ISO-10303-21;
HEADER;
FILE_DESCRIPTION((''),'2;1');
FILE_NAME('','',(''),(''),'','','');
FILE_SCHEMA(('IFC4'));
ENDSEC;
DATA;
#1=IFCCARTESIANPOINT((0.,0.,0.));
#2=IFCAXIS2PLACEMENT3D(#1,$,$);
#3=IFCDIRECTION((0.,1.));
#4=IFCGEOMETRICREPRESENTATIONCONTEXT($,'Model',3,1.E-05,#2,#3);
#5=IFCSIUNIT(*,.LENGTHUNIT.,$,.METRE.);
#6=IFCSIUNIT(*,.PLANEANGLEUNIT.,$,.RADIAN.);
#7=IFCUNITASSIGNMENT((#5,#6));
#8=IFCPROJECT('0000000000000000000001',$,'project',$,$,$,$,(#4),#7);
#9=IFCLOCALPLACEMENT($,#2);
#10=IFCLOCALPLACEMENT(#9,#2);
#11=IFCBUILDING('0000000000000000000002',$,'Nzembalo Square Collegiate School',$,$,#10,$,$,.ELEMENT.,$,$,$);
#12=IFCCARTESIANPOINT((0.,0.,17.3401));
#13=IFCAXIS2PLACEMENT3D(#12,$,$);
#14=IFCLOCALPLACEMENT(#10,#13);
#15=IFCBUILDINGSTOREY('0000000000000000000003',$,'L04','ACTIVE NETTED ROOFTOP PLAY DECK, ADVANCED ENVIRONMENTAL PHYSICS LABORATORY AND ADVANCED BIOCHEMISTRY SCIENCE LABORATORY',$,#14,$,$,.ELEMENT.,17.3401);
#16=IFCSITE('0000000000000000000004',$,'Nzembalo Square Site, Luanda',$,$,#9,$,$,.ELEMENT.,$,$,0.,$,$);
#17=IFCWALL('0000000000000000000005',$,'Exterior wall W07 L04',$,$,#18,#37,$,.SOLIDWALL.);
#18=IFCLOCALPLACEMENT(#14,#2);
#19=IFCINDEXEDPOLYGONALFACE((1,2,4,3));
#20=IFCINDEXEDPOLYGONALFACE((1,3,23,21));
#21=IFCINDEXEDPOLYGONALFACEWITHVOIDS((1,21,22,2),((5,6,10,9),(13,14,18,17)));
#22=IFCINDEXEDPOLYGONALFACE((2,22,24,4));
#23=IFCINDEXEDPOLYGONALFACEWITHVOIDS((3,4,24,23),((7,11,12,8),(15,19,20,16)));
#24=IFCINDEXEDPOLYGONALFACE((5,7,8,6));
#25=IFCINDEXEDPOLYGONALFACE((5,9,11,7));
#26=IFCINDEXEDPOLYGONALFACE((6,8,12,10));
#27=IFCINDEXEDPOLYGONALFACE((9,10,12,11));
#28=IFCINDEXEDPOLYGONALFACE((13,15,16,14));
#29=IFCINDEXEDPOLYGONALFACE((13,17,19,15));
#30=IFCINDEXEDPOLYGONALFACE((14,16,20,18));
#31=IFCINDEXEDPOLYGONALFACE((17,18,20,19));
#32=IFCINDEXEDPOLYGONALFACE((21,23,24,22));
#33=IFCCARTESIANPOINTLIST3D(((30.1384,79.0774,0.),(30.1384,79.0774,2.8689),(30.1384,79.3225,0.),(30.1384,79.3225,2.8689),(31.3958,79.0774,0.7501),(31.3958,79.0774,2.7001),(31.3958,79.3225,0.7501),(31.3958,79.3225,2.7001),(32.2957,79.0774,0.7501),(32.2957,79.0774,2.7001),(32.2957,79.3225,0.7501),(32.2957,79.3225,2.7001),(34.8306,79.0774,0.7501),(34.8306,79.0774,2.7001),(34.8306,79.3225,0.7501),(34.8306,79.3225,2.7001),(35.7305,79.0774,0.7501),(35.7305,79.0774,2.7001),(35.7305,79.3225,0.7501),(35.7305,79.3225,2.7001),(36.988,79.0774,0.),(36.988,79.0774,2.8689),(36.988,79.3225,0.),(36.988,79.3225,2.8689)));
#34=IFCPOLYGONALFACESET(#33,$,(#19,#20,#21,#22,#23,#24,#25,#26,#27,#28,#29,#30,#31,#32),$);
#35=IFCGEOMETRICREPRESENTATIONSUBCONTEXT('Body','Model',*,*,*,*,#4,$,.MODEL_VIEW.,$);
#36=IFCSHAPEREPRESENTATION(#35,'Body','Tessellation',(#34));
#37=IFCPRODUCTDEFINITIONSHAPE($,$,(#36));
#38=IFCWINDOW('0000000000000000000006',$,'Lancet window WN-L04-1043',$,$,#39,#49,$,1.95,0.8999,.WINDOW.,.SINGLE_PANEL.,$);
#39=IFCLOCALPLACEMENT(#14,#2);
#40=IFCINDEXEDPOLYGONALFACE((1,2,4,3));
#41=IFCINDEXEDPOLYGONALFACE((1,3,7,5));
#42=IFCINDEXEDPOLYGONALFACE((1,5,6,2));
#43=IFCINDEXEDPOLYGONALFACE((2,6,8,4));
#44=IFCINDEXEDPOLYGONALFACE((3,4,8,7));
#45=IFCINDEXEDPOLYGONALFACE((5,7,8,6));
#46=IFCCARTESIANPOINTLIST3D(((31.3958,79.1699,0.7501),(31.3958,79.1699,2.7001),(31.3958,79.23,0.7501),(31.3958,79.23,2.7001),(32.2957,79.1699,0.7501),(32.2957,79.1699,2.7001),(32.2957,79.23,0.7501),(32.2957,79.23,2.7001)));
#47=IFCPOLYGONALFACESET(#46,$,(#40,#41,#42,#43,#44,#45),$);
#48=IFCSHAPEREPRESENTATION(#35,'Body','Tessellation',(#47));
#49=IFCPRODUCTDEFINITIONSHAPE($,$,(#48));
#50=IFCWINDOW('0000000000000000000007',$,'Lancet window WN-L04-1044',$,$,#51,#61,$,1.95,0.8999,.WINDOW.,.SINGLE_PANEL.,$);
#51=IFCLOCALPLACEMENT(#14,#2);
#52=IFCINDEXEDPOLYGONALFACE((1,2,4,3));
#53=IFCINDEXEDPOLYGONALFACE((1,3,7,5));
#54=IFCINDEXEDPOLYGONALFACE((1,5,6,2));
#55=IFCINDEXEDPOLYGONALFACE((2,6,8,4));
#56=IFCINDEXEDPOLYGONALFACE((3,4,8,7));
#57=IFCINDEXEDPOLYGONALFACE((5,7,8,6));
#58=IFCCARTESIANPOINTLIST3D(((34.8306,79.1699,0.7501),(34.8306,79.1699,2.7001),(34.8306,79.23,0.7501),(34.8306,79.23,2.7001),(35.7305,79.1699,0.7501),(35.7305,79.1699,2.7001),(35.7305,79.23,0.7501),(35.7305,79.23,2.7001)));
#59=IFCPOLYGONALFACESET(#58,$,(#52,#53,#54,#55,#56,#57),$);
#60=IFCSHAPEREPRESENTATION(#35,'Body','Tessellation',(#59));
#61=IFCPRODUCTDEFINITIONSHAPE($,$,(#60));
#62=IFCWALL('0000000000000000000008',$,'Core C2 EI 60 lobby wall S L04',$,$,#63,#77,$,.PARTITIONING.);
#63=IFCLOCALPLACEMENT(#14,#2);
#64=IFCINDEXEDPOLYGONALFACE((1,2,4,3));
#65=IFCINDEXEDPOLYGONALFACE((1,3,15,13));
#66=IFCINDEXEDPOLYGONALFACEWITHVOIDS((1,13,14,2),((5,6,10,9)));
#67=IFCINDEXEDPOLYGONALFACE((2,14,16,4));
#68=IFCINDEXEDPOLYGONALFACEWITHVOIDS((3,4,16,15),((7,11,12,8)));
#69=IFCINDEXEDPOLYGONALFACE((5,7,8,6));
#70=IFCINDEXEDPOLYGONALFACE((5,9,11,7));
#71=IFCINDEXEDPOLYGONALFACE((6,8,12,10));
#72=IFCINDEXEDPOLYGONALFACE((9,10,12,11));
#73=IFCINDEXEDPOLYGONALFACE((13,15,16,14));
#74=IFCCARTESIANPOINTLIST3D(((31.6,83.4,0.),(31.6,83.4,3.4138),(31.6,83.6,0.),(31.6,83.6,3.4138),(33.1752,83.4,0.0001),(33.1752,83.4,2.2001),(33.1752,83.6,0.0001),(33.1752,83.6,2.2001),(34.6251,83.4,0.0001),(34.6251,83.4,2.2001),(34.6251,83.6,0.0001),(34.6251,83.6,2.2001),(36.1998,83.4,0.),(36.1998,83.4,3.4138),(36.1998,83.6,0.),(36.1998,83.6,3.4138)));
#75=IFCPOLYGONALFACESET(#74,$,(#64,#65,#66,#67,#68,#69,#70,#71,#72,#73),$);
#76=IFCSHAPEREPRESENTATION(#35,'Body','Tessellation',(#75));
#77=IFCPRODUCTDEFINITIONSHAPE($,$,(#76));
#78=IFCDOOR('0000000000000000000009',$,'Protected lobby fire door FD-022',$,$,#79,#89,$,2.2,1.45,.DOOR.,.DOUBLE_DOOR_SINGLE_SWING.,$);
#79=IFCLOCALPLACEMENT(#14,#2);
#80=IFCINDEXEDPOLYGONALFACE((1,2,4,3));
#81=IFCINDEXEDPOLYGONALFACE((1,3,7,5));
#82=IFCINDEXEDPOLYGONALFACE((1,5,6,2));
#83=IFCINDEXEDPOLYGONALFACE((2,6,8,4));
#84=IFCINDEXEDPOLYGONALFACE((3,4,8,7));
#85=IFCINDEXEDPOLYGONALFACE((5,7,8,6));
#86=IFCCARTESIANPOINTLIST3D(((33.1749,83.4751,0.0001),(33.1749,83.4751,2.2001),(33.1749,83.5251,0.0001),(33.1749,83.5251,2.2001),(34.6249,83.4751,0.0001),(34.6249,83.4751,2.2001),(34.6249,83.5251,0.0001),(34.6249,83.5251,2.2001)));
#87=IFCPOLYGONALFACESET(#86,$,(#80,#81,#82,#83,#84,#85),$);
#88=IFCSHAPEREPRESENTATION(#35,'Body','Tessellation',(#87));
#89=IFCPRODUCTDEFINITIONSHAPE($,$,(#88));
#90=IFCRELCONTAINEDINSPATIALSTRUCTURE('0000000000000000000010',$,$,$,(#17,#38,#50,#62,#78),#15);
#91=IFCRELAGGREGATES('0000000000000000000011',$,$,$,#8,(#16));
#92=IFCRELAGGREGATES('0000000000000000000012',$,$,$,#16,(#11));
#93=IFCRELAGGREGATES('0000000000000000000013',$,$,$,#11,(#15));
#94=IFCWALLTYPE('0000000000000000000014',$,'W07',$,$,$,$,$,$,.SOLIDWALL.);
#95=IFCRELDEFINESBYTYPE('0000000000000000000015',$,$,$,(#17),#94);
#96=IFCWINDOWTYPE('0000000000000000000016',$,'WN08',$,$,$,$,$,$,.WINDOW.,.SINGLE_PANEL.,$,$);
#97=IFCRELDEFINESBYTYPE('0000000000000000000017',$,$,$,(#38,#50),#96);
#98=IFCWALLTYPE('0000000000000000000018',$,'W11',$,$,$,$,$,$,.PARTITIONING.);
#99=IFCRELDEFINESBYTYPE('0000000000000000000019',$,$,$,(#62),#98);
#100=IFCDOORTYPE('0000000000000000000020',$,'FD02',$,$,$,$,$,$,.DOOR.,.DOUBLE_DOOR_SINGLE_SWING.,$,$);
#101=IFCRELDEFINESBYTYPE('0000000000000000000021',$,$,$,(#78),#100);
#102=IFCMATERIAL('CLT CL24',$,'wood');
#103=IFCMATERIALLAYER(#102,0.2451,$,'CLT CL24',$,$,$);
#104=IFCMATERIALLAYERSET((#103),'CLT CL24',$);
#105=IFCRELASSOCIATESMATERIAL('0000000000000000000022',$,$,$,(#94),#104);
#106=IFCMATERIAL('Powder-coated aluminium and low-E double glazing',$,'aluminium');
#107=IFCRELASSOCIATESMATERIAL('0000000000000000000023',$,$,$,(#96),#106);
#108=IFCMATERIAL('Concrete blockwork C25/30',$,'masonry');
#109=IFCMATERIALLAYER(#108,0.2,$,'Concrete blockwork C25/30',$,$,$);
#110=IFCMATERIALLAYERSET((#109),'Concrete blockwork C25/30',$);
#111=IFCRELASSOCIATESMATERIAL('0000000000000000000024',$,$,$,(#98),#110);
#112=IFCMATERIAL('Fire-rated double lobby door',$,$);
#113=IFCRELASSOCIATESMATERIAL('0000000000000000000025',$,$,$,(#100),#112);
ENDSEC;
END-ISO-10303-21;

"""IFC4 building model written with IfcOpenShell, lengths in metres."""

from ifc_helpers import new_model, si_unit, direction, frame, frame_2d, origin, place, context, subcontext, project, spatial, rectangle, extrude, material, layer, layer_set, type_object, element, fill, save


model = new_model("IFC4")

# Units and contexts
model_context = context("Model", 3, precision=1e-05, world=origin(), true_north=direction((0.0, 1.0)))
body_context = subcontext(model_context, "Body", "Model", "MODEL_VIEW")
ifc_project = project(units=[si_unit("LENGTHUNIT", "METRE"), si_unit("PLANEANGLEUNIT", "RADIAN")], contexts=[model_context])

# Site, building, storey
site_placement = place(None, origin())
site = spatial("IfcSite", under=ifc_project, at=site_placement, Name="Nzembalo Square Site, Luanda", CompositionType="ELEMENT", RefElevation=0.0)
building_placement = place(site_placement, origin())
building = spatial("IfcBuilding", under=site, at=building_placement, Name="Nzembalo Square Collegiate School", CompositionType="ELEMENT")
storey_placement = place(building_placement, frame((0.0, 0.0, 17.3401)))
storey = spatial("IfcBuildingStorey", under=building, at=storey_placement, Name="L04", Description="ACTIVE NETTED ROOFTOP PLAY DECK, ADVANCED ENVIRONMENTAL PHYSICS LABORATORY AND ADVANCED BIOCHEMISTRY SCIENCE LABORATORY", CompositionType="ELEMENT", Elevation=17.3401)

# Wall, openings, windows
ifc_material_1 = material(Name="CLT CL24", Category="wood")
ifc_layer_1 = layer(ifc_material_1, 0.2451, Name="CLT CL24")
ifc_layer_set_1 = layer_set([ifc_layer_1], Name="CLT CL24")
wall_type_1 = type_object("IfcWallType", Name="W07", PredefinedType="SOLIDWALL", material=ifc_layer_set_1)
wall_1_placement = place(storey_placement, frame((30.1384, 79.2, 0.0), z_axis=(0.0, 0.0, 1.0), x_axis=(1.0, 0.0, 0.0)))
wall_1 = element("IfcWall", 1, at=wall_1_placement, inside=storey, type_object=wall_type_1, Name="Exterior wall W07 L04", PredefinedType="SOLIDWALL", context=body_context, shape_type="SweptSolid", body=[
    extrude(rectangle(XDim=6.8496, YDim=0.2451, at=frame_2d((3.4248, 0.0))), origin(), (0.0, 0.0, 1.0), 2.8689),
])
opening_1_placement = place(wall_1_placement, frame((1.2573, 0.0, 0.75)))
opening_1 = element("IfcOpeningElement", 2, at=opening_1_placement, cuts=wall_1, PredefinedType="OPENING", context=body_context, shape_type="SweptSolid", body=[
    extrude(rectangle(XDim=0.8999, YDim=1.95, at=frame_2d((0.45, 0.9751))), frame((0.0, 0.1326, 0.0), z_axis=(0.0, -1.0, 0.0), x_axis=(1.0, 0.0, 0.0)), (0.0, 0.0, 1.0), 0.2651),
])
opening_2_placement = place(wall_1_placement, frame((4.6921, 0.0, 0.75)))
opening_2 = element("IfcOpeningElement", 3, at=opening_2_placement, cuts=wall_1, PredefinedType="OPENING", context=body_context, shape_type="SweptSolid", body=[
    extrude(rectangle(XDim=0.8999, YDim=1.95, at=frame_2d((0.45, 0.9751))), frame((0.0, 0.1326, 0.0), z_axis=(0.0, -1.0, 0.0), x_axis=(1.0, 0.0, 0.0)), (0.0, 0.0, 1.0), 0.2651),
])
ifc_material_2 = material(Name="Powder-coated aluminium and low-E double glazing", Category="aluminium")
window_type = type_object("IfcWindowType", Name="WN08", PartitioningType="SINGLE_PANEL", PredefinedType="WINDOW", material=ifc_material_2)
window_1_placement = place(opening_1_placement, origin())
window_1 = element("IfcWindow", 4, at=window_1_placement, inside=storey, type_object=window_type, Name="Lancet window WN-L04-1043", OverallHeight=1.95, OverallWidth=0.8999, PartitioningType="SINGLE_PANEL", PredefinedType="WINDOW", context=body_context, shape_type="SweptSolid", body=[
    extrude(rectangle(XDim=0.8999, YDim=1.95, at=frame_2d((0.45, 0.9751))), frame((0.0, 0.03, 0.0), z_axis=(0.0, -1.0, 0.0), x_axis=(1.0, 0.0, 0.0)), (0.0, 0.0, 1.0), 0.0601),
])
fill(opening_1, window_1)
window_2_placement = place(opening_2_placement, origin())
window_2 = element("IfcWindow", 5, at=window_2_placement, inside=storey, type_object=window_type, Name="Lancet window WN-L04-1044", OverallHeight=1.95, OverallWidth=0.8999, PartitioningType="SINGLE_PANEL", PredefinedType="WINDOW", context=body_context, shape_type="SweptSolid", body=[
    extrude(rectangle(XDim=0.8999, YDim=1.95, at=frame_2d((0.45, 0.9751))), frame((0.0, 0.03, 0.0), z_axis=(0.0, -1.0, 0.0), x_axis=(1.0, 0.0, 0.0)), (0.0, 0.0, 1.0), 0.0601),
])
fill(opening_2, window_2)

# Wall, opening, door
ifc_material_3 = material(Name="Concrete blockwork C25/30", Category="masonry")
ifc_layer_2 = layer(ifc_material_3, 0.2, Name="Concrete blockwork C25/30")
ifc_layer_set_2 = layer_set([ifc_layer_2], Name="Concrete blockwork C25/30")
wall_type_2 = type_object("IfcWallType", Name="W11", PredefinedType="PARTITIONING", material=ifc_layer_set_2)
wall_2_placement = place(storey_placement, frame((31.6001, 83.5, 0.0), z_axis=(0.0, 0.0, 1.0), x_axis=(1.0, 0.0, 0.0)))
wall_2 = element("IfcWall", 6, at=wall_2_placement, inside=storey, type_object=wall_type_2, Name="Core C2 EI 60 lobby wall S L04", PredefinedType="PARTITIONING", context=body_context, shape_type="SweptSolid", body=[
    extrude(rectangle(XDim=4.5999, YDim=0.2, at=frame_2d((2.2998, 0.0))), origin(), (0.0, 0.0, 1.0), 3.4138),
])
opening_3_placement = place(wall_2_placement, frame((1.575, 0.0, 0.0)))
opening_3 = element("IfcOpeningElement", 7, at=opening_3_placement, cuts=wall_2, PredefinedType="OPENING", context=body_context, shape_type="SweptSolid", body=[
    extrude(rectangle(XDim=1.45, YDim=2.2, at=frame_2d((0.7251, 1.1001))), frame((0.0, 0.1099, 0.0), z_axis=(0.0, -1.0, 0.0), x_axis=(1.0, 0.0, 0.0)), (0.0, 0.0, 1.0), 0.22),
])
ifc_material_4 = material(Name="Fire-rated double lobby door")
door_type_1 = type_object("IfcDoorType", Name="FD02", OperationType="DOUBLE_DOOR_SINGLE_SWING", PredefinedType="DOOR", material=ifc_material_4)
door_1_placement = place(opening_3_placement, frame((1.45, 0.0, 0.0), z_axis=(0.0, 0.0, 1.0), x_axis=(-1.0, 0.0, 0.0)))
door_1 = element("IfcDoor", 8, at=door_1_placement, inside=storey, type_object=door_type_1, Name="Protected lobby fire door FD-022", OperationType="DOUBLE_DOOR_SINGLE_SWING", OverallHeight=2.2, OverallWidth=1.45, PredefinedType="DOOR", context=body_context, shape_type="SweptSolid", body=[
    extrude(rectangle(XDim=1.45, YDim=2.2, at=frame_2d((0.7251, 1.1001))), frame((0.0, 0.0249, 0.0), z_axis=(0.0, -1.0, 0.0), x_axis=(1.0, 0.0, 0.0)), (0.0, 0.0, 1.0), 0.05),
])
fill(opening_3, door_1)

save(model, "model.ifc")
